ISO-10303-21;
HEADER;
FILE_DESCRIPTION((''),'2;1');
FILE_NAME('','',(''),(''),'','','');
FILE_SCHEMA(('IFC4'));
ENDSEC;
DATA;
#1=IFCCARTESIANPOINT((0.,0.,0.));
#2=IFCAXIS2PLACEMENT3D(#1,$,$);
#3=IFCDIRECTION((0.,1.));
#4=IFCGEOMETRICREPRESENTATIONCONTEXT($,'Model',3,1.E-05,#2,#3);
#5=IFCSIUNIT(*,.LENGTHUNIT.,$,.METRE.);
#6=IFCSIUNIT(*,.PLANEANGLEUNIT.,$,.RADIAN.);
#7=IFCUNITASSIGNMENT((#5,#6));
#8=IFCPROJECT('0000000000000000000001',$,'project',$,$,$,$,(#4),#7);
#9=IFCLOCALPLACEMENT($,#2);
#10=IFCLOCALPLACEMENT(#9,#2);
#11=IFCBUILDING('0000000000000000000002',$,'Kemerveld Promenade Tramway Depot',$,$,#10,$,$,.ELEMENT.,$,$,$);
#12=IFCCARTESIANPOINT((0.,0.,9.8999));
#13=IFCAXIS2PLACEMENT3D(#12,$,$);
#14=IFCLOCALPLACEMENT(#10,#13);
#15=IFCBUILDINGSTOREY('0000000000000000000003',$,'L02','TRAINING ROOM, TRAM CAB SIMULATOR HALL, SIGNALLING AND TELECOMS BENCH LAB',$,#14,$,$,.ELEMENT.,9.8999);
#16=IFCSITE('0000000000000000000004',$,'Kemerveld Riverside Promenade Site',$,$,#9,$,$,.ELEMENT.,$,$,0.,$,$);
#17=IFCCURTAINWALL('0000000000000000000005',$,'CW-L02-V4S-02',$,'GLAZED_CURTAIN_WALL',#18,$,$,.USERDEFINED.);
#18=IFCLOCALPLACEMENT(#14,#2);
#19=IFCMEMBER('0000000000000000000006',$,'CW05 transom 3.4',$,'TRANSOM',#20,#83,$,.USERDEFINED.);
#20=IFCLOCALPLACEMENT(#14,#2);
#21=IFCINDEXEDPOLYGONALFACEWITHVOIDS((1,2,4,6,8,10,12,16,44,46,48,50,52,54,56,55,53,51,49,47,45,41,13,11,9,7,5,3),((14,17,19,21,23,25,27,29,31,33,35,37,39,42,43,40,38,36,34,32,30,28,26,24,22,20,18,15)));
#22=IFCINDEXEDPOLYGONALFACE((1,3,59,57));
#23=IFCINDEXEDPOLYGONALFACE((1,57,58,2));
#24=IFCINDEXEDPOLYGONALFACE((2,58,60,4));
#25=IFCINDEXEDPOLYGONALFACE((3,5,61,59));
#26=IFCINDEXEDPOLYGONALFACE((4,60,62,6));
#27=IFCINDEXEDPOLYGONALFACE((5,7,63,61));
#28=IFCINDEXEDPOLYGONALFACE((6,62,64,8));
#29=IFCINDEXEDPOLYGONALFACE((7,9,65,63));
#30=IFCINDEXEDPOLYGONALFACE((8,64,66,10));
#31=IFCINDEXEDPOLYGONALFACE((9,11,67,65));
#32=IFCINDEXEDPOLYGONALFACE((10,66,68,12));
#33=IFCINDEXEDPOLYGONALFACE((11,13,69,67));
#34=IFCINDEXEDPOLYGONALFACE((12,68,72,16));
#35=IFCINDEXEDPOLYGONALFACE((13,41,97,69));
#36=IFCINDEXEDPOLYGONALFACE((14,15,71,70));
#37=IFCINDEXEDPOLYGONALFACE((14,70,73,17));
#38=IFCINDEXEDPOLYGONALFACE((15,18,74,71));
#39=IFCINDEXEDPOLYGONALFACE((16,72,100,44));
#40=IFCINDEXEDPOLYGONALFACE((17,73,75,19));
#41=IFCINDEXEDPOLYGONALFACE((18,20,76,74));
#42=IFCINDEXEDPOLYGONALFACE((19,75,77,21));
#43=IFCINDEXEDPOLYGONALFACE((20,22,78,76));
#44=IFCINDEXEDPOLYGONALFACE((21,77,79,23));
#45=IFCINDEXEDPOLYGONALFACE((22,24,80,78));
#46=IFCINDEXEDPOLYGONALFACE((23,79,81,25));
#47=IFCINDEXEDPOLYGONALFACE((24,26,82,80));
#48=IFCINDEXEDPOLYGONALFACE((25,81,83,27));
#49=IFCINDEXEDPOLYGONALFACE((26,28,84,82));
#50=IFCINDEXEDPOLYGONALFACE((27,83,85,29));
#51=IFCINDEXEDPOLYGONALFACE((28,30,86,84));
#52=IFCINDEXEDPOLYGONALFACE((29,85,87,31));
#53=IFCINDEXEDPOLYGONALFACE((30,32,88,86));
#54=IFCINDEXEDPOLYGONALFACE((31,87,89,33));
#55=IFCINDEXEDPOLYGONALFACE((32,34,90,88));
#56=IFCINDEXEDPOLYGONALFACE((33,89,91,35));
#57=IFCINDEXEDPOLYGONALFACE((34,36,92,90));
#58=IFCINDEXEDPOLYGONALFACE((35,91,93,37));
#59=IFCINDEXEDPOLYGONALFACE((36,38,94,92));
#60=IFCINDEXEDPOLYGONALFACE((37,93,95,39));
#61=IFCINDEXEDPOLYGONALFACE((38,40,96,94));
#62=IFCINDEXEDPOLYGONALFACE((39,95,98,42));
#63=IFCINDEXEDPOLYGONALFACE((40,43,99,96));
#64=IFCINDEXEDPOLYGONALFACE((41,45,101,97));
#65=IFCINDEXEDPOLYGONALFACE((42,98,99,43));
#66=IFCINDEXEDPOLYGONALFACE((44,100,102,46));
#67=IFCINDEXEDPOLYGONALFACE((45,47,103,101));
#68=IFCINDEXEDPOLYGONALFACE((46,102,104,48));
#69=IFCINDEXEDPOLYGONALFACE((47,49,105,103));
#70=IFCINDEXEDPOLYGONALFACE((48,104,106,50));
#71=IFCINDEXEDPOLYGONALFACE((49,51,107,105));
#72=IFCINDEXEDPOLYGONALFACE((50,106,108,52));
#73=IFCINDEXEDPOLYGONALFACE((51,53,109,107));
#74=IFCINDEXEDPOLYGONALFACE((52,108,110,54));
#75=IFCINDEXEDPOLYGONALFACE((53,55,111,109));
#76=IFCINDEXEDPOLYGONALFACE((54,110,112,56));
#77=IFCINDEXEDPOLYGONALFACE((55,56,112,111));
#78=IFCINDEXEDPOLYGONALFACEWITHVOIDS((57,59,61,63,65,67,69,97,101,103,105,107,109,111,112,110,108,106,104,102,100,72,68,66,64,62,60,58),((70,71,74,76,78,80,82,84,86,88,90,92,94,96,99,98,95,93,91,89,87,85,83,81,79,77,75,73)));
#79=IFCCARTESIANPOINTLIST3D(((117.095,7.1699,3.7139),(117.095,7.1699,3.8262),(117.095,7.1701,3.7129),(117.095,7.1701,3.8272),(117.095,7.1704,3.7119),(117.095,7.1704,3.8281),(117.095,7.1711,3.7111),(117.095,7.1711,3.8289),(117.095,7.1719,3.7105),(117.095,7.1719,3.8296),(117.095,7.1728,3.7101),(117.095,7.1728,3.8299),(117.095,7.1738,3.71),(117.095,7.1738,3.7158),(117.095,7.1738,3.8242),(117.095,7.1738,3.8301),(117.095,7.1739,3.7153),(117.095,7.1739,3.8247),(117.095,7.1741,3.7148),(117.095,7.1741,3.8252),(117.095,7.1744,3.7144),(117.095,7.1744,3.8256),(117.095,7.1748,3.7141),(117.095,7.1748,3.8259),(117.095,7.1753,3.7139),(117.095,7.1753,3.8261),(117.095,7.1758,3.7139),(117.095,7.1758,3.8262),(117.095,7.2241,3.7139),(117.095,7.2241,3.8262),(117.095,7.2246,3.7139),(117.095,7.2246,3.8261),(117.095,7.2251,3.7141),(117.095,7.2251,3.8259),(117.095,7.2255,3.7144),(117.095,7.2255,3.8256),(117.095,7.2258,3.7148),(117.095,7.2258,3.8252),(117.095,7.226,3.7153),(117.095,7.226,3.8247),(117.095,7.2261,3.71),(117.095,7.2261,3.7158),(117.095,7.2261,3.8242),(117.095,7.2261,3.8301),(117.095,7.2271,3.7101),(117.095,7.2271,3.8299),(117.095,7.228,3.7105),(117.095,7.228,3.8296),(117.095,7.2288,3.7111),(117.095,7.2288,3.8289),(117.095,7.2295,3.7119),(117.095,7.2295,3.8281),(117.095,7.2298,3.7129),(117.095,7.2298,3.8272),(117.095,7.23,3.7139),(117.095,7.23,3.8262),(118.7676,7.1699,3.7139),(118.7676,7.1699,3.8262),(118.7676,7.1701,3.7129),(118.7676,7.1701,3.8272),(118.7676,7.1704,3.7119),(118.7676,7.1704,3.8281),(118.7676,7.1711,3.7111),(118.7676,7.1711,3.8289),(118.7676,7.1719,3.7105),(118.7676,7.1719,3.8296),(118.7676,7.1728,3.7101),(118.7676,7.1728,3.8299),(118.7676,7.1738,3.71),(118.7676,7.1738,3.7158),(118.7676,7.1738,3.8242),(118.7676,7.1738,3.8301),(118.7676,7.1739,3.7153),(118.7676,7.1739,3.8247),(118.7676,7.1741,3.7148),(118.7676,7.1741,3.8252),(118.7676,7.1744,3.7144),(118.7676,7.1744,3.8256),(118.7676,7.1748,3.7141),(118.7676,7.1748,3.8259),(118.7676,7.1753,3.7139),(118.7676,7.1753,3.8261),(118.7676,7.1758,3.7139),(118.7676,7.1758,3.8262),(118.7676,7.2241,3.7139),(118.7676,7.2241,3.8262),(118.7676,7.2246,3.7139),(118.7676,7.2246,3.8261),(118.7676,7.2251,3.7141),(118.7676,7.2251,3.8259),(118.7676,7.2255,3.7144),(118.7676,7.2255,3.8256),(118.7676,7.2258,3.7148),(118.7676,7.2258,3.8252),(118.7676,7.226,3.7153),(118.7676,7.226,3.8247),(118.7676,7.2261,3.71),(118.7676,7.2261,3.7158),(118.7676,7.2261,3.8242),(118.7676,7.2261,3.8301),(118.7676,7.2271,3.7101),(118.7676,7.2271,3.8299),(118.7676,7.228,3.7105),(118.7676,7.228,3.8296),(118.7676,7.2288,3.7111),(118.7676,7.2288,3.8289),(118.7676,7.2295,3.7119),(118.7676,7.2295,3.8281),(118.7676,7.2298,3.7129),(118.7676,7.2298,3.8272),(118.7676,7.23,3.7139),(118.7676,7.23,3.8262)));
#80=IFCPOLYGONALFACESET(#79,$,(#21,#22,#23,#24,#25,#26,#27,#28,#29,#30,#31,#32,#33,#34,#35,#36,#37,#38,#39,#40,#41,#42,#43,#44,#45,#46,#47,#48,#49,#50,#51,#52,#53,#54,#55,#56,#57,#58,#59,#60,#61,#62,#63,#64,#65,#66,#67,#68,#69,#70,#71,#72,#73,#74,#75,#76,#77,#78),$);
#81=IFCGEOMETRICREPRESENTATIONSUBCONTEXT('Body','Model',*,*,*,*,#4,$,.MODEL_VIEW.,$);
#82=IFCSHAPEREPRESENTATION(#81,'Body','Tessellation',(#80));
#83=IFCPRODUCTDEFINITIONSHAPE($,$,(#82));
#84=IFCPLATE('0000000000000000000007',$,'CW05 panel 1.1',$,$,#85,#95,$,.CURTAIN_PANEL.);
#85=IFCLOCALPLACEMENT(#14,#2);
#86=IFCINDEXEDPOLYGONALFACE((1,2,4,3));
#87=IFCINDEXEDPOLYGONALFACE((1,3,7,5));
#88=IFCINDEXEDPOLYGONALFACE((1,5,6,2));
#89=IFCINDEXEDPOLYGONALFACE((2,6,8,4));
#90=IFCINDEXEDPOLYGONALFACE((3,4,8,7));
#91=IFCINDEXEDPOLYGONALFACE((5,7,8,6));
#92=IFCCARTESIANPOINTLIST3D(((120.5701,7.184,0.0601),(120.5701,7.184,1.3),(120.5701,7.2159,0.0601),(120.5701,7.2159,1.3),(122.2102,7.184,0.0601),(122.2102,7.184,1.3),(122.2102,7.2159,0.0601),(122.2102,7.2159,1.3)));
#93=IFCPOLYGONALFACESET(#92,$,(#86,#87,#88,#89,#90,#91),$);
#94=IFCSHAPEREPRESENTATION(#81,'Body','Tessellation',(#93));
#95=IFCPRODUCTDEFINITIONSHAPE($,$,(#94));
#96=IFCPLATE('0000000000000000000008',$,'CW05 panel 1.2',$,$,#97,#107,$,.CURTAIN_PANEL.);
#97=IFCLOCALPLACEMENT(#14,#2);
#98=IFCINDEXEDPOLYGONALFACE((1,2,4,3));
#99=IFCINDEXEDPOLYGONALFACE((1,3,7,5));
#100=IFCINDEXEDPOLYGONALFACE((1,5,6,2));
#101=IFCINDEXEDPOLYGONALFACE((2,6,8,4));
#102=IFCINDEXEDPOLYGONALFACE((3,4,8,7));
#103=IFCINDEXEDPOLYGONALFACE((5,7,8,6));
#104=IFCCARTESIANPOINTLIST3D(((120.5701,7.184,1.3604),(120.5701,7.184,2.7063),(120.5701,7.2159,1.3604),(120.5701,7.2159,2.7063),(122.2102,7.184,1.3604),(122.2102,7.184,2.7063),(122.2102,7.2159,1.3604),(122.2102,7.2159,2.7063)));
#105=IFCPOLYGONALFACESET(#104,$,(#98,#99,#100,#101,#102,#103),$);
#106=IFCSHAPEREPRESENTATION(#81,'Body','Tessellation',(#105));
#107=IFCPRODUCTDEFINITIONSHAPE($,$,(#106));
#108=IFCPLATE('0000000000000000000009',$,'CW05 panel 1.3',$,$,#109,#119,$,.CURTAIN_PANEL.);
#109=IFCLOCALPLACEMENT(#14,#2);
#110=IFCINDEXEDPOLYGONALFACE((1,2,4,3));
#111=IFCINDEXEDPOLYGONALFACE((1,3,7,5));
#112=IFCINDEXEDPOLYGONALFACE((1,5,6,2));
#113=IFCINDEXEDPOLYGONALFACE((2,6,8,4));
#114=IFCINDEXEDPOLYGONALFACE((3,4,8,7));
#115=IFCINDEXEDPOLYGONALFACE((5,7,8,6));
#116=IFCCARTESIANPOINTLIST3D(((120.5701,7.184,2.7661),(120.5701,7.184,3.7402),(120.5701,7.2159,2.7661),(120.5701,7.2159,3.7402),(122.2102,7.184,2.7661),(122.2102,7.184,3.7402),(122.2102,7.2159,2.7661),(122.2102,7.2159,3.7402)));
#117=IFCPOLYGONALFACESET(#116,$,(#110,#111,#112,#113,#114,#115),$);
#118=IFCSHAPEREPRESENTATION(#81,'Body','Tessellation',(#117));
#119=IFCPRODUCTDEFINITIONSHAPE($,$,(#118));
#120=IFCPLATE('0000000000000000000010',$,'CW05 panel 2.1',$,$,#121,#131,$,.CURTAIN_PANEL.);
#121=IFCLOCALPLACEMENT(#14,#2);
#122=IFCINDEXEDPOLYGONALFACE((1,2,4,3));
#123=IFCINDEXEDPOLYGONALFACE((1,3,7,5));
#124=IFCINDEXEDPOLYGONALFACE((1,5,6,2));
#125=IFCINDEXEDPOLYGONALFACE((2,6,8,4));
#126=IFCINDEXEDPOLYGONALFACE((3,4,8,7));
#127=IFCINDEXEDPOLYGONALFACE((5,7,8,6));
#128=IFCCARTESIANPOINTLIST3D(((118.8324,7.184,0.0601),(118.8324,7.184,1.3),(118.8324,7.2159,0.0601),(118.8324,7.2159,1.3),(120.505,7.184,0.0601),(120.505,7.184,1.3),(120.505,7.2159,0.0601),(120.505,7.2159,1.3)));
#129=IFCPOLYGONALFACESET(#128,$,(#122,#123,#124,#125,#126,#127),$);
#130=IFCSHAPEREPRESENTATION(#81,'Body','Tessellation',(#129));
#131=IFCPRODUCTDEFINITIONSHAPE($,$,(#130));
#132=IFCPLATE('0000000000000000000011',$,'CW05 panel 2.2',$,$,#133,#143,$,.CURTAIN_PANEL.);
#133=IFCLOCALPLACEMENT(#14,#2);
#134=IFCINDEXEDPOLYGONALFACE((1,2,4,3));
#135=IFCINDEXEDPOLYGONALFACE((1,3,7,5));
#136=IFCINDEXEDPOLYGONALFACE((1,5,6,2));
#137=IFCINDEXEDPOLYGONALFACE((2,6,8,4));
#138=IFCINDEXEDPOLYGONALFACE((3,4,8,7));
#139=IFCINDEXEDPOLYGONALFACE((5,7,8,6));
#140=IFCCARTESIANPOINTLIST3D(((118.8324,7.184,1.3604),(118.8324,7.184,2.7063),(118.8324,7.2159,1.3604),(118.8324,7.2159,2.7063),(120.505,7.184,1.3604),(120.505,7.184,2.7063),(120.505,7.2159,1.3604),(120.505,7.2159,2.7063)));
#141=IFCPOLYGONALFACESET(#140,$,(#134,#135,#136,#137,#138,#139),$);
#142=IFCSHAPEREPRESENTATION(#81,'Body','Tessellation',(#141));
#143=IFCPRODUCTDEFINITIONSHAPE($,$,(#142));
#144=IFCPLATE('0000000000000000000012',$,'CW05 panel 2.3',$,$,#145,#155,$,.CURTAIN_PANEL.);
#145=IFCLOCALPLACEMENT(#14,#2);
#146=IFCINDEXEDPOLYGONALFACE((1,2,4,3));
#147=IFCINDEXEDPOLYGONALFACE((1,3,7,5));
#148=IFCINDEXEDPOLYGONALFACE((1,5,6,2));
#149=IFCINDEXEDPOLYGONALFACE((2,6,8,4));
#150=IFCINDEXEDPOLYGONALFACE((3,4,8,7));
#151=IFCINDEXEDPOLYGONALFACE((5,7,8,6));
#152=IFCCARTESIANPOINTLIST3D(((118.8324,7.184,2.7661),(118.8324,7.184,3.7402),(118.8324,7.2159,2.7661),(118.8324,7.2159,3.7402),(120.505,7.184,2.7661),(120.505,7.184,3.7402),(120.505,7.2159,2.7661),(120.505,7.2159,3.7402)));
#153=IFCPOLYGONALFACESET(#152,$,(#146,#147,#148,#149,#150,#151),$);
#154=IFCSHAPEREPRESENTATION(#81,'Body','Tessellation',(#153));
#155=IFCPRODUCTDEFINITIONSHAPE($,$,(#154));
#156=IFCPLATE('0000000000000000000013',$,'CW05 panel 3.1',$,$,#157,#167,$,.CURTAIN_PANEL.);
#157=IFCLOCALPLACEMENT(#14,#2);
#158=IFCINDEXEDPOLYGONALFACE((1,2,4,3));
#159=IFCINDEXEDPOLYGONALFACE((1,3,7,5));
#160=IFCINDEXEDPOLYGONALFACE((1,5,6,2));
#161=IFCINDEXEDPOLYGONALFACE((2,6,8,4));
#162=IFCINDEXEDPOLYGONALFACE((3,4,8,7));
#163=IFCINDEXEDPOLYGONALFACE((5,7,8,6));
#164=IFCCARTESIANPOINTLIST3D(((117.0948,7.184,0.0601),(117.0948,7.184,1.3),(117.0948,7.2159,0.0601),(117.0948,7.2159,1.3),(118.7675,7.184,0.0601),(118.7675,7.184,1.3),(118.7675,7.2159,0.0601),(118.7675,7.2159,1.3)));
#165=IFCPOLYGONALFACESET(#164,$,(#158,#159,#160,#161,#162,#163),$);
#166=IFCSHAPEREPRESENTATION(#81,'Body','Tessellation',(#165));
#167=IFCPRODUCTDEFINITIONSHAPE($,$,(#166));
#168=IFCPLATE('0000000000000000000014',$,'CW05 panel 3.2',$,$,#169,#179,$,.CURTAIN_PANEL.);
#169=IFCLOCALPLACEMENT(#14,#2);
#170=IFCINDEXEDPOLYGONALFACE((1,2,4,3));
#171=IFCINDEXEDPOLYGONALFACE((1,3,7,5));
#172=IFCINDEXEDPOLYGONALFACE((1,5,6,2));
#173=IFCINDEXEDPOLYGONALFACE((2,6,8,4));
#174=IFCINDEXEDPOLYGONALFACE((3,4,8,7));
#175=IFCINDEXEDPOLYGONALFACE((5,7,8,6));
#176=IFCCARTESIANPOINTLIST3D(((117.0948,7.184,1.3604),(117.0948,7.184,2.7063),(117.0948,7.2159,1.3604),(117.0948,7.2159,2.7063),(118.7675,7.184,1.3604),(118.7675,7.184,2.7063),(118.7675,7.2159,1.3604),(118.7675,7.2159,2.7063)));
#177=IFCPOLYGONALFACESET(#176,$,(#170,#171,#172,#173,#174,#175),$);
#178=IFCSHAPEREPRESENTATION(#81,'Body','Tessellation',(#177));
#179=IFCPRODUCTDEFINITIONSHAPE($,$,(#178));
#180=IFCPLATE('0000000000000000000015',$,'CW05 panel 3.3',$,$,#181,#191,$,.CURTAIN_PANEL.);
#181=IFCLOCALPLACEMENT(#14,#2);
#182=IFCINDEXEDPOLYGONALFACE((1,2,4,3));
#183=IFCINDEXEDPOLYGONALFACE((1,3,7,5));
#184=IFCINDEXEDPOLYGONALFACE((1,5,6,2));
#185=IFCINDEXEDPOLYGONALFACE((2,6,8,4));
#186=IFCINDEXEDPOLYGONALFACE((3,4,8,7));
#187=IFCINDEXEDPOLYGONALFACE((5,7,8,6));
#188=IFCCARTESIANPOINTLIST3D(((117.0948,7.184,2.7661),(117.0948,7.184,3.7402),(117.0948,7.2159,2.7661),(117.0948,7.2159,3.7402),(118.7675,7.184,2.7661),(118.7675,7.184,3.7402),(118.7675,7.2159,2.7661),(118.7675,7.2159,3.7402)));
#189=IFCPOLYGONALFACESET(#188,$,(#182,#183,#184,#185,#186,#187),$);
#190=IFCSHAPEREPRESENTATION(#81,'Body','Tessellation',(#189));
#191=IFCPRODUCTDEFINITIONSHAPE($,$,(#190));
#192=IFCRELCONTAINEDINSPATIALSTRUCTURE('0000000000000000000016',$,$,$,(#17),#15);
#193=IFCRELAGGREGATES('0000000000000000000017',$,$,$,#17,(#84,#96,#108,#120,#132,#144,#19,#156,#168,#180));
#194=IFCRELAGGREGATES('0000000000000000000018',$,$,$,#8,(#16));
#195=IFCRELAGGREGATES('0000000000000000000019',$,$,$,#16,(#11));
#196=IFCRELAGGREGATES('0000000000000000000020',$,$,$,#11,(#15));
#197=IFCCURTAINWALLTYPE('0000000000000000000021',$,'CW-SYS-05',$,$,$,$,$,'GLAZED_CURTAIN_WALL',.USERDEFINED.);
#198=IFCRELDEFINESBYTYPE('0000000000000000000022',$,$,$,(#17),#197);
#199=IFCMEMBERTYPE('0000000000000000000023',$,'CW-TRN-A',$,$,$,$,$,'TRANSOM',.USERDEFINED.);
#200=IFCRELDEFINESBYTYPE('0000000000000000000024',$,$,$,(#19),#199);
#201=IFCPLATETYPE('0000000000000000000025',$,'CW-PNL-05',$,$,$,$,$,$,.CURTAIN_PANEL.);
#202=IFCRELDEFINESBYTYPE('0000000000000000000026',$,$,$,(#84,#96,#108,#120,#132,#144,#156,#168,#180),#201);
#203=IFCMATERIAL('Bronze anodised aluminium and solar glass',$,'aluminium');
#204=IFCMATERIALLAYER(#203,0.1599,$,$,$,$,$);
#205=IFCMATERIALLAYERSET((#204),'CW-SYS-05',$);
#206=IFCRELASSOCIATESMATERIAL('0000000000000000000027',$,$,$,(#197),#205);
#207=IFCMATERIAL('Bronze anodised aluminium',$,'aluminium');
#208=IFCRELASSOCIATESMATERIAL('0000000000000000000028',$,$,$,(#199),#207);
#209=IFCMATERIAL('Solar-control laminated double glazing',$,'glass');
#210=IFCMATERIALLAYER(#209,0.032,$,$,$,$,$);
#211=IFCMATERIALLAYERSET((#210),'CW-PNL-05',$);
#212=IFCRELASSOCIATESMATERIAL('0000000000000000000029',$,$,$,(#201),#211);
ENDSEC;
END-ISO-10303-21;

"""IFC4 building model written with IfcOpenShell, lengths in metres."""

from ifc_helpers import new_model, si_unit, direction, frame, origin, origin_2d, place, context, subcontext, project, spatial, rectangle, hollow_rectangle, extrude, material, layer, layer_set, material_profile, profile_set, type_object, element, aggregate, save


model = new_model("IFC4")

# Units and contexts
model_context = context("Model", 3, precision=1e-05, world=origin(), true_north=direction((0.0, 1.0)))
body_context = subcontext(model_context, "Body", "Model", "MODEL_VIEW")
ifc_project = project(units=[si_unit("LENGTHUNIT", "METRE"), si_unit("PLANEANGLEUNIT", "RADIAN")], contexts=[model_context])

# Site, building, storey
site_placement = place(None, origin())
site = spatial("IfcSite", under=ifc_project, at=site_placement, Name="Kemerveld Riverside Promenade Site", CompositionType="ELEMENT", RefElevation=0.0)
building_placement = place(site_placement, origin())
building = spatial("IfcBuilding", under=site, at=building_placement, Name="Kemerveld Promenade Tramway Depot", CompositionType="ELEMENT")
storey_placement = place(building_placement, frame((0.0, 0.0, 9.8999)))
storey = spatial("IfcBuildingStorey", under=building, at=storey_placement, Name="L02", Description="TRAINING ROOM, TRAM CAB SIMULATOR HALL, SIGNALLING AND TELECOMS BENCH LAB", CompositionType="ELEMENT", Elevation=9.8999)

# Curtain wall, member, plates
ifc_material_1 = material(Name="Bronze anodised aluminium and solar glass", Category="aluminium")
ifc_layer_1 = layer(ifc_material_1, 0.1599)
ifc_layer_set_1 = layer_set([ifc_layer_1], Name="CW-SYS-05")
curtain_wall_type = type_object("IfcCurtainWallType", Name="CW-SYS-05", ElementType="GLAZED_CURTAIN_WALL", PredefinedType="USERDEFINED", material=ifc_layer_set_1)
curtain_wall_placement = place(storey_placement, origin())
curtain_wall = element("IfcCurtainWall", 1, at=curtain_wall_placement, inside=storey, type_object=curtain_wall_type, Name="CW-L02-V4S-02", ObjectType="GLAZED_CURTAIN_WALL", PredefinedType="USERDEFINED")
ifc_material_2 = material(Name="Bronze anodised aluminium", Category="aluminium")
ifc_material_profile_1 = material_profile(ifc_material_2, hollow_rectangle(XDim=0.0601, YDim=0.1201, WallThickness=0.0039, InnerFilletRadius=0.002, OuterFilletRadius=0.0039, at=origin_2d()), Name="CW-TRN-120x60")
ifc_profile_set_1 = profile_set([ifc_material_profile_1], Name="Bronze anodised aluminium")
member_type_1 = type_object("IfcMemberType", Name="CW-TRN-A", ElementType="TRANSOM", PredefinedType="USERDEFINED", material=ifc_profile_set_1)
member_1_placement = place(storey_placement, frame((118.7676, 7.2, 3.77), z_axis=(-1.0, 0.0, 0.0), x_axis=(0.0, -1.0, 0.0)))
member_1 = element("IfcMember", 2, at=member_1_placement, type_object=member_type_1, Name="CW05 transom 3.4", ObjectType="TRANSOM", PredefinedType="USERDEFINED", context=body_context, shape_type="SweptSolid", body=[
    extrude(hollow_rectangle(XDim=0.0601, YDim=0.1201, WallThickness=0.0039, InnerFilletRadius=0.002, OuterFilletRadius=0.0039, at=origin_2d()), origin(), (0.0, 0.0, 1.0), 1.6726),
])
ifc_material_3 = material(Name="Solar-control laminated double glazing", Category="glass")
ifc_layer_2 = layer(ifc_material_3, 0.032)
ifc_layer_set_2 = layer_set([ifc_layer_2], Name="CW-PNL-05")
plate_type = type_object("IfcPlateType", Name="CW-PNL-05", PredefinedType="CURTAIN_PANEL", material=ifc_layer_set_2)
plate_1_placement = place(storey_placement, frame((121.3901, 7.2, 0.0601), z_axis=(0.0, 0.0, 1.0), x_axis=(-1.0, 0.0, 0.0)))
plate_1 = element("IfcPlate", 3, at=plate_1_placement, type_object=plate_type, Name="CW05 panel 1.1", PredefinedType="CURTAIN_PANEL", context=body_context, shape_type="SweptSolid", body=[
    extrude(rectangle(XDim=1.6401, YDim=0.032, at=origin_2d()), origin(), (0.0, 0.0, 1.0), 1.24),
])
plate_2_placement = place(storey_placement, frame((121.3901, 7.2, 1.3604), z_axis=(0.0, 0.0, 1.0), x_axis=(-1.0, 0.0, 0.0)))
plate_2 = element("IfcPlate", 4, at=plate_2_placement, type_object=plate_type, Name="CW05 panel 1.2", PredefinedType="CURTAIN_PANEL", context=body_context, shape_type="SweptSolid", body=[
    extrude(rectangle(XDim=1.6401, YDim=0.032, at=origin_2d()), origin(), (0.0, 0.0, 1.0), 1.3459),
])
plate_3_placement = place(storey_placement, frame((121.3901, 7.2, 2.7661), z_axis=(0.0, 0.0, 1.0), x_axis=(-1.0, 0.0, 0.0)))
plate_3 = element("IfcPlate", 5, at=plate_3_placement, type_object=plate_type, Name="CW05 panel 1.3", PredefinedType="CURTAIN_PANEL", context=body_context, shape_type="SweptSolid", body=[
    extrude(rectangle(XDim=1.6401, YDim=0.032, at=origin_2d()), origin(), (0.0, 0.0, 1.0), 0.9741),
])
plate_4_placement = place(storey_placement, frame((119.6687, 7.2, 0.0601), z_axis=(0.0, 0.0, 1.0), x_axis=(-1.0, 0.0, 0.0)))
plate_4 = element("IfcPlate", 6, at=plate_4_placement, type_object=plate_type, Name="CW05 panel 2.1", PredefinedType="CURTAIN_PANEL", context=body_context, shape_type="SweptSolid", body=[
    extrude(rectangle(XDim=1.6726, YDim=0.032, at=origin_2d()), origin(), (0.0, 0.0, 1.0), 1.24),
])
plate_5_placement = place(storey_placement, frame((119.6687, 7.2, 1.3604), z_axis=(0.0, 0.0, 1.0), x_axis=(-1.0, 0.0, 0.0)))
plate_5 = element("IfcPlate", 7, at=plate_5_placement, type_object=plate_type, Name="CW05 panel 2.2", PredefinedType="CURTAIN_PANEL", context=body_context, shape_type="SweptSolid", body=[
    extrude(rectangle(XDim=1.6726, YDim=0.032, at=origin_2d()), origin(), (0.0, 0.0, 1.0), 1.3459),
])
plate_6_placement = place(storey_placement, frame((119.6687, 7.2, 2.7661), z_axis=(0.0, 0.0, 1.0), x_axis=(-1.0, 0.0, 0.0)))
plate_6 = element("IfcPlate", 8, at=plate_6_placement, type_object=plate_type, Name="CW05 panel 2.3", PredefinedType="CURTAIN_PANEL", context=body_context, shape_type="SweptSolid", body=[
    extrude(rectangle(XDim=1.6726, YDim=0.032, at=origin_2d()), origin(), (0.0, 0.0, 1.0), 0.9741),
])
plate_7_placement = place(storey_placement, frame((117.9312, 7.2, 0.0601), z_axis=(0.0, 0.0, 1.0), x_axis=(-1.0, 0.0, 0.0)))
plate_7 = element("IfcPlate", 9, at=plate_7_placement, type_object=plate_type, Name="CW05 panel 3.1", PredefinedType="CURTAIN_PANEL", context=body_context, shape_type="SweptSolid", body=[
    extrude(rectangle(XDim=1.6726, YDim=0.032, at=origin_2d()), origin(), (0.0, 0.0, 1.0), 1.24),
])
plate_8_placement = place(storey_placement, frame((117.9312, 7.2, 1.3604), z_axis=(0.0, 0.0, 1.0), x_axis=(-1.0, 0.0, 0.0)))
plate_8 = element("IfcPlate", 10, at=plate_8_placement, type_object=plate_type, Name="CW05 panel 3.2", PredefinedType="CURTAIN_PANEL", context=body_context, shape_type="SweptSolid", body=[
    extrude(rectangle(XDim=1.6726, YDim=0.032, at=origin_2d()), origin(), (0.0, 0.0, 1.0), 1.3459),
])
plate_9_placement = place(storey_placement, frame((117.9312, 7.2, 2.7661), z_axis=(0.0, 0.0, 1.0), x_axis=(-1.0, 0.0, 0.0)))
plate_9 = element("IfcPlate", 11, at=plate_9_placement, type_object=plate_type, Name="CW05 panel 3.3", PredefinedType="CURTAIN_PANEL", context=body_context, shape_type="SweptSolid", body=[
    extrude(rectangle(XDim=1.6726, YDim=0.032, at=origin_2d()), origin(), (0.0, 0.0, 1.0), 0.9741),
])
aggregate(curtain_wall, [plate_1, plate_2, plate_3, plate_4, plate_5, plate_6, member_1, plate_7, plate_8, plate_9])

save(model, "model.ifc")
